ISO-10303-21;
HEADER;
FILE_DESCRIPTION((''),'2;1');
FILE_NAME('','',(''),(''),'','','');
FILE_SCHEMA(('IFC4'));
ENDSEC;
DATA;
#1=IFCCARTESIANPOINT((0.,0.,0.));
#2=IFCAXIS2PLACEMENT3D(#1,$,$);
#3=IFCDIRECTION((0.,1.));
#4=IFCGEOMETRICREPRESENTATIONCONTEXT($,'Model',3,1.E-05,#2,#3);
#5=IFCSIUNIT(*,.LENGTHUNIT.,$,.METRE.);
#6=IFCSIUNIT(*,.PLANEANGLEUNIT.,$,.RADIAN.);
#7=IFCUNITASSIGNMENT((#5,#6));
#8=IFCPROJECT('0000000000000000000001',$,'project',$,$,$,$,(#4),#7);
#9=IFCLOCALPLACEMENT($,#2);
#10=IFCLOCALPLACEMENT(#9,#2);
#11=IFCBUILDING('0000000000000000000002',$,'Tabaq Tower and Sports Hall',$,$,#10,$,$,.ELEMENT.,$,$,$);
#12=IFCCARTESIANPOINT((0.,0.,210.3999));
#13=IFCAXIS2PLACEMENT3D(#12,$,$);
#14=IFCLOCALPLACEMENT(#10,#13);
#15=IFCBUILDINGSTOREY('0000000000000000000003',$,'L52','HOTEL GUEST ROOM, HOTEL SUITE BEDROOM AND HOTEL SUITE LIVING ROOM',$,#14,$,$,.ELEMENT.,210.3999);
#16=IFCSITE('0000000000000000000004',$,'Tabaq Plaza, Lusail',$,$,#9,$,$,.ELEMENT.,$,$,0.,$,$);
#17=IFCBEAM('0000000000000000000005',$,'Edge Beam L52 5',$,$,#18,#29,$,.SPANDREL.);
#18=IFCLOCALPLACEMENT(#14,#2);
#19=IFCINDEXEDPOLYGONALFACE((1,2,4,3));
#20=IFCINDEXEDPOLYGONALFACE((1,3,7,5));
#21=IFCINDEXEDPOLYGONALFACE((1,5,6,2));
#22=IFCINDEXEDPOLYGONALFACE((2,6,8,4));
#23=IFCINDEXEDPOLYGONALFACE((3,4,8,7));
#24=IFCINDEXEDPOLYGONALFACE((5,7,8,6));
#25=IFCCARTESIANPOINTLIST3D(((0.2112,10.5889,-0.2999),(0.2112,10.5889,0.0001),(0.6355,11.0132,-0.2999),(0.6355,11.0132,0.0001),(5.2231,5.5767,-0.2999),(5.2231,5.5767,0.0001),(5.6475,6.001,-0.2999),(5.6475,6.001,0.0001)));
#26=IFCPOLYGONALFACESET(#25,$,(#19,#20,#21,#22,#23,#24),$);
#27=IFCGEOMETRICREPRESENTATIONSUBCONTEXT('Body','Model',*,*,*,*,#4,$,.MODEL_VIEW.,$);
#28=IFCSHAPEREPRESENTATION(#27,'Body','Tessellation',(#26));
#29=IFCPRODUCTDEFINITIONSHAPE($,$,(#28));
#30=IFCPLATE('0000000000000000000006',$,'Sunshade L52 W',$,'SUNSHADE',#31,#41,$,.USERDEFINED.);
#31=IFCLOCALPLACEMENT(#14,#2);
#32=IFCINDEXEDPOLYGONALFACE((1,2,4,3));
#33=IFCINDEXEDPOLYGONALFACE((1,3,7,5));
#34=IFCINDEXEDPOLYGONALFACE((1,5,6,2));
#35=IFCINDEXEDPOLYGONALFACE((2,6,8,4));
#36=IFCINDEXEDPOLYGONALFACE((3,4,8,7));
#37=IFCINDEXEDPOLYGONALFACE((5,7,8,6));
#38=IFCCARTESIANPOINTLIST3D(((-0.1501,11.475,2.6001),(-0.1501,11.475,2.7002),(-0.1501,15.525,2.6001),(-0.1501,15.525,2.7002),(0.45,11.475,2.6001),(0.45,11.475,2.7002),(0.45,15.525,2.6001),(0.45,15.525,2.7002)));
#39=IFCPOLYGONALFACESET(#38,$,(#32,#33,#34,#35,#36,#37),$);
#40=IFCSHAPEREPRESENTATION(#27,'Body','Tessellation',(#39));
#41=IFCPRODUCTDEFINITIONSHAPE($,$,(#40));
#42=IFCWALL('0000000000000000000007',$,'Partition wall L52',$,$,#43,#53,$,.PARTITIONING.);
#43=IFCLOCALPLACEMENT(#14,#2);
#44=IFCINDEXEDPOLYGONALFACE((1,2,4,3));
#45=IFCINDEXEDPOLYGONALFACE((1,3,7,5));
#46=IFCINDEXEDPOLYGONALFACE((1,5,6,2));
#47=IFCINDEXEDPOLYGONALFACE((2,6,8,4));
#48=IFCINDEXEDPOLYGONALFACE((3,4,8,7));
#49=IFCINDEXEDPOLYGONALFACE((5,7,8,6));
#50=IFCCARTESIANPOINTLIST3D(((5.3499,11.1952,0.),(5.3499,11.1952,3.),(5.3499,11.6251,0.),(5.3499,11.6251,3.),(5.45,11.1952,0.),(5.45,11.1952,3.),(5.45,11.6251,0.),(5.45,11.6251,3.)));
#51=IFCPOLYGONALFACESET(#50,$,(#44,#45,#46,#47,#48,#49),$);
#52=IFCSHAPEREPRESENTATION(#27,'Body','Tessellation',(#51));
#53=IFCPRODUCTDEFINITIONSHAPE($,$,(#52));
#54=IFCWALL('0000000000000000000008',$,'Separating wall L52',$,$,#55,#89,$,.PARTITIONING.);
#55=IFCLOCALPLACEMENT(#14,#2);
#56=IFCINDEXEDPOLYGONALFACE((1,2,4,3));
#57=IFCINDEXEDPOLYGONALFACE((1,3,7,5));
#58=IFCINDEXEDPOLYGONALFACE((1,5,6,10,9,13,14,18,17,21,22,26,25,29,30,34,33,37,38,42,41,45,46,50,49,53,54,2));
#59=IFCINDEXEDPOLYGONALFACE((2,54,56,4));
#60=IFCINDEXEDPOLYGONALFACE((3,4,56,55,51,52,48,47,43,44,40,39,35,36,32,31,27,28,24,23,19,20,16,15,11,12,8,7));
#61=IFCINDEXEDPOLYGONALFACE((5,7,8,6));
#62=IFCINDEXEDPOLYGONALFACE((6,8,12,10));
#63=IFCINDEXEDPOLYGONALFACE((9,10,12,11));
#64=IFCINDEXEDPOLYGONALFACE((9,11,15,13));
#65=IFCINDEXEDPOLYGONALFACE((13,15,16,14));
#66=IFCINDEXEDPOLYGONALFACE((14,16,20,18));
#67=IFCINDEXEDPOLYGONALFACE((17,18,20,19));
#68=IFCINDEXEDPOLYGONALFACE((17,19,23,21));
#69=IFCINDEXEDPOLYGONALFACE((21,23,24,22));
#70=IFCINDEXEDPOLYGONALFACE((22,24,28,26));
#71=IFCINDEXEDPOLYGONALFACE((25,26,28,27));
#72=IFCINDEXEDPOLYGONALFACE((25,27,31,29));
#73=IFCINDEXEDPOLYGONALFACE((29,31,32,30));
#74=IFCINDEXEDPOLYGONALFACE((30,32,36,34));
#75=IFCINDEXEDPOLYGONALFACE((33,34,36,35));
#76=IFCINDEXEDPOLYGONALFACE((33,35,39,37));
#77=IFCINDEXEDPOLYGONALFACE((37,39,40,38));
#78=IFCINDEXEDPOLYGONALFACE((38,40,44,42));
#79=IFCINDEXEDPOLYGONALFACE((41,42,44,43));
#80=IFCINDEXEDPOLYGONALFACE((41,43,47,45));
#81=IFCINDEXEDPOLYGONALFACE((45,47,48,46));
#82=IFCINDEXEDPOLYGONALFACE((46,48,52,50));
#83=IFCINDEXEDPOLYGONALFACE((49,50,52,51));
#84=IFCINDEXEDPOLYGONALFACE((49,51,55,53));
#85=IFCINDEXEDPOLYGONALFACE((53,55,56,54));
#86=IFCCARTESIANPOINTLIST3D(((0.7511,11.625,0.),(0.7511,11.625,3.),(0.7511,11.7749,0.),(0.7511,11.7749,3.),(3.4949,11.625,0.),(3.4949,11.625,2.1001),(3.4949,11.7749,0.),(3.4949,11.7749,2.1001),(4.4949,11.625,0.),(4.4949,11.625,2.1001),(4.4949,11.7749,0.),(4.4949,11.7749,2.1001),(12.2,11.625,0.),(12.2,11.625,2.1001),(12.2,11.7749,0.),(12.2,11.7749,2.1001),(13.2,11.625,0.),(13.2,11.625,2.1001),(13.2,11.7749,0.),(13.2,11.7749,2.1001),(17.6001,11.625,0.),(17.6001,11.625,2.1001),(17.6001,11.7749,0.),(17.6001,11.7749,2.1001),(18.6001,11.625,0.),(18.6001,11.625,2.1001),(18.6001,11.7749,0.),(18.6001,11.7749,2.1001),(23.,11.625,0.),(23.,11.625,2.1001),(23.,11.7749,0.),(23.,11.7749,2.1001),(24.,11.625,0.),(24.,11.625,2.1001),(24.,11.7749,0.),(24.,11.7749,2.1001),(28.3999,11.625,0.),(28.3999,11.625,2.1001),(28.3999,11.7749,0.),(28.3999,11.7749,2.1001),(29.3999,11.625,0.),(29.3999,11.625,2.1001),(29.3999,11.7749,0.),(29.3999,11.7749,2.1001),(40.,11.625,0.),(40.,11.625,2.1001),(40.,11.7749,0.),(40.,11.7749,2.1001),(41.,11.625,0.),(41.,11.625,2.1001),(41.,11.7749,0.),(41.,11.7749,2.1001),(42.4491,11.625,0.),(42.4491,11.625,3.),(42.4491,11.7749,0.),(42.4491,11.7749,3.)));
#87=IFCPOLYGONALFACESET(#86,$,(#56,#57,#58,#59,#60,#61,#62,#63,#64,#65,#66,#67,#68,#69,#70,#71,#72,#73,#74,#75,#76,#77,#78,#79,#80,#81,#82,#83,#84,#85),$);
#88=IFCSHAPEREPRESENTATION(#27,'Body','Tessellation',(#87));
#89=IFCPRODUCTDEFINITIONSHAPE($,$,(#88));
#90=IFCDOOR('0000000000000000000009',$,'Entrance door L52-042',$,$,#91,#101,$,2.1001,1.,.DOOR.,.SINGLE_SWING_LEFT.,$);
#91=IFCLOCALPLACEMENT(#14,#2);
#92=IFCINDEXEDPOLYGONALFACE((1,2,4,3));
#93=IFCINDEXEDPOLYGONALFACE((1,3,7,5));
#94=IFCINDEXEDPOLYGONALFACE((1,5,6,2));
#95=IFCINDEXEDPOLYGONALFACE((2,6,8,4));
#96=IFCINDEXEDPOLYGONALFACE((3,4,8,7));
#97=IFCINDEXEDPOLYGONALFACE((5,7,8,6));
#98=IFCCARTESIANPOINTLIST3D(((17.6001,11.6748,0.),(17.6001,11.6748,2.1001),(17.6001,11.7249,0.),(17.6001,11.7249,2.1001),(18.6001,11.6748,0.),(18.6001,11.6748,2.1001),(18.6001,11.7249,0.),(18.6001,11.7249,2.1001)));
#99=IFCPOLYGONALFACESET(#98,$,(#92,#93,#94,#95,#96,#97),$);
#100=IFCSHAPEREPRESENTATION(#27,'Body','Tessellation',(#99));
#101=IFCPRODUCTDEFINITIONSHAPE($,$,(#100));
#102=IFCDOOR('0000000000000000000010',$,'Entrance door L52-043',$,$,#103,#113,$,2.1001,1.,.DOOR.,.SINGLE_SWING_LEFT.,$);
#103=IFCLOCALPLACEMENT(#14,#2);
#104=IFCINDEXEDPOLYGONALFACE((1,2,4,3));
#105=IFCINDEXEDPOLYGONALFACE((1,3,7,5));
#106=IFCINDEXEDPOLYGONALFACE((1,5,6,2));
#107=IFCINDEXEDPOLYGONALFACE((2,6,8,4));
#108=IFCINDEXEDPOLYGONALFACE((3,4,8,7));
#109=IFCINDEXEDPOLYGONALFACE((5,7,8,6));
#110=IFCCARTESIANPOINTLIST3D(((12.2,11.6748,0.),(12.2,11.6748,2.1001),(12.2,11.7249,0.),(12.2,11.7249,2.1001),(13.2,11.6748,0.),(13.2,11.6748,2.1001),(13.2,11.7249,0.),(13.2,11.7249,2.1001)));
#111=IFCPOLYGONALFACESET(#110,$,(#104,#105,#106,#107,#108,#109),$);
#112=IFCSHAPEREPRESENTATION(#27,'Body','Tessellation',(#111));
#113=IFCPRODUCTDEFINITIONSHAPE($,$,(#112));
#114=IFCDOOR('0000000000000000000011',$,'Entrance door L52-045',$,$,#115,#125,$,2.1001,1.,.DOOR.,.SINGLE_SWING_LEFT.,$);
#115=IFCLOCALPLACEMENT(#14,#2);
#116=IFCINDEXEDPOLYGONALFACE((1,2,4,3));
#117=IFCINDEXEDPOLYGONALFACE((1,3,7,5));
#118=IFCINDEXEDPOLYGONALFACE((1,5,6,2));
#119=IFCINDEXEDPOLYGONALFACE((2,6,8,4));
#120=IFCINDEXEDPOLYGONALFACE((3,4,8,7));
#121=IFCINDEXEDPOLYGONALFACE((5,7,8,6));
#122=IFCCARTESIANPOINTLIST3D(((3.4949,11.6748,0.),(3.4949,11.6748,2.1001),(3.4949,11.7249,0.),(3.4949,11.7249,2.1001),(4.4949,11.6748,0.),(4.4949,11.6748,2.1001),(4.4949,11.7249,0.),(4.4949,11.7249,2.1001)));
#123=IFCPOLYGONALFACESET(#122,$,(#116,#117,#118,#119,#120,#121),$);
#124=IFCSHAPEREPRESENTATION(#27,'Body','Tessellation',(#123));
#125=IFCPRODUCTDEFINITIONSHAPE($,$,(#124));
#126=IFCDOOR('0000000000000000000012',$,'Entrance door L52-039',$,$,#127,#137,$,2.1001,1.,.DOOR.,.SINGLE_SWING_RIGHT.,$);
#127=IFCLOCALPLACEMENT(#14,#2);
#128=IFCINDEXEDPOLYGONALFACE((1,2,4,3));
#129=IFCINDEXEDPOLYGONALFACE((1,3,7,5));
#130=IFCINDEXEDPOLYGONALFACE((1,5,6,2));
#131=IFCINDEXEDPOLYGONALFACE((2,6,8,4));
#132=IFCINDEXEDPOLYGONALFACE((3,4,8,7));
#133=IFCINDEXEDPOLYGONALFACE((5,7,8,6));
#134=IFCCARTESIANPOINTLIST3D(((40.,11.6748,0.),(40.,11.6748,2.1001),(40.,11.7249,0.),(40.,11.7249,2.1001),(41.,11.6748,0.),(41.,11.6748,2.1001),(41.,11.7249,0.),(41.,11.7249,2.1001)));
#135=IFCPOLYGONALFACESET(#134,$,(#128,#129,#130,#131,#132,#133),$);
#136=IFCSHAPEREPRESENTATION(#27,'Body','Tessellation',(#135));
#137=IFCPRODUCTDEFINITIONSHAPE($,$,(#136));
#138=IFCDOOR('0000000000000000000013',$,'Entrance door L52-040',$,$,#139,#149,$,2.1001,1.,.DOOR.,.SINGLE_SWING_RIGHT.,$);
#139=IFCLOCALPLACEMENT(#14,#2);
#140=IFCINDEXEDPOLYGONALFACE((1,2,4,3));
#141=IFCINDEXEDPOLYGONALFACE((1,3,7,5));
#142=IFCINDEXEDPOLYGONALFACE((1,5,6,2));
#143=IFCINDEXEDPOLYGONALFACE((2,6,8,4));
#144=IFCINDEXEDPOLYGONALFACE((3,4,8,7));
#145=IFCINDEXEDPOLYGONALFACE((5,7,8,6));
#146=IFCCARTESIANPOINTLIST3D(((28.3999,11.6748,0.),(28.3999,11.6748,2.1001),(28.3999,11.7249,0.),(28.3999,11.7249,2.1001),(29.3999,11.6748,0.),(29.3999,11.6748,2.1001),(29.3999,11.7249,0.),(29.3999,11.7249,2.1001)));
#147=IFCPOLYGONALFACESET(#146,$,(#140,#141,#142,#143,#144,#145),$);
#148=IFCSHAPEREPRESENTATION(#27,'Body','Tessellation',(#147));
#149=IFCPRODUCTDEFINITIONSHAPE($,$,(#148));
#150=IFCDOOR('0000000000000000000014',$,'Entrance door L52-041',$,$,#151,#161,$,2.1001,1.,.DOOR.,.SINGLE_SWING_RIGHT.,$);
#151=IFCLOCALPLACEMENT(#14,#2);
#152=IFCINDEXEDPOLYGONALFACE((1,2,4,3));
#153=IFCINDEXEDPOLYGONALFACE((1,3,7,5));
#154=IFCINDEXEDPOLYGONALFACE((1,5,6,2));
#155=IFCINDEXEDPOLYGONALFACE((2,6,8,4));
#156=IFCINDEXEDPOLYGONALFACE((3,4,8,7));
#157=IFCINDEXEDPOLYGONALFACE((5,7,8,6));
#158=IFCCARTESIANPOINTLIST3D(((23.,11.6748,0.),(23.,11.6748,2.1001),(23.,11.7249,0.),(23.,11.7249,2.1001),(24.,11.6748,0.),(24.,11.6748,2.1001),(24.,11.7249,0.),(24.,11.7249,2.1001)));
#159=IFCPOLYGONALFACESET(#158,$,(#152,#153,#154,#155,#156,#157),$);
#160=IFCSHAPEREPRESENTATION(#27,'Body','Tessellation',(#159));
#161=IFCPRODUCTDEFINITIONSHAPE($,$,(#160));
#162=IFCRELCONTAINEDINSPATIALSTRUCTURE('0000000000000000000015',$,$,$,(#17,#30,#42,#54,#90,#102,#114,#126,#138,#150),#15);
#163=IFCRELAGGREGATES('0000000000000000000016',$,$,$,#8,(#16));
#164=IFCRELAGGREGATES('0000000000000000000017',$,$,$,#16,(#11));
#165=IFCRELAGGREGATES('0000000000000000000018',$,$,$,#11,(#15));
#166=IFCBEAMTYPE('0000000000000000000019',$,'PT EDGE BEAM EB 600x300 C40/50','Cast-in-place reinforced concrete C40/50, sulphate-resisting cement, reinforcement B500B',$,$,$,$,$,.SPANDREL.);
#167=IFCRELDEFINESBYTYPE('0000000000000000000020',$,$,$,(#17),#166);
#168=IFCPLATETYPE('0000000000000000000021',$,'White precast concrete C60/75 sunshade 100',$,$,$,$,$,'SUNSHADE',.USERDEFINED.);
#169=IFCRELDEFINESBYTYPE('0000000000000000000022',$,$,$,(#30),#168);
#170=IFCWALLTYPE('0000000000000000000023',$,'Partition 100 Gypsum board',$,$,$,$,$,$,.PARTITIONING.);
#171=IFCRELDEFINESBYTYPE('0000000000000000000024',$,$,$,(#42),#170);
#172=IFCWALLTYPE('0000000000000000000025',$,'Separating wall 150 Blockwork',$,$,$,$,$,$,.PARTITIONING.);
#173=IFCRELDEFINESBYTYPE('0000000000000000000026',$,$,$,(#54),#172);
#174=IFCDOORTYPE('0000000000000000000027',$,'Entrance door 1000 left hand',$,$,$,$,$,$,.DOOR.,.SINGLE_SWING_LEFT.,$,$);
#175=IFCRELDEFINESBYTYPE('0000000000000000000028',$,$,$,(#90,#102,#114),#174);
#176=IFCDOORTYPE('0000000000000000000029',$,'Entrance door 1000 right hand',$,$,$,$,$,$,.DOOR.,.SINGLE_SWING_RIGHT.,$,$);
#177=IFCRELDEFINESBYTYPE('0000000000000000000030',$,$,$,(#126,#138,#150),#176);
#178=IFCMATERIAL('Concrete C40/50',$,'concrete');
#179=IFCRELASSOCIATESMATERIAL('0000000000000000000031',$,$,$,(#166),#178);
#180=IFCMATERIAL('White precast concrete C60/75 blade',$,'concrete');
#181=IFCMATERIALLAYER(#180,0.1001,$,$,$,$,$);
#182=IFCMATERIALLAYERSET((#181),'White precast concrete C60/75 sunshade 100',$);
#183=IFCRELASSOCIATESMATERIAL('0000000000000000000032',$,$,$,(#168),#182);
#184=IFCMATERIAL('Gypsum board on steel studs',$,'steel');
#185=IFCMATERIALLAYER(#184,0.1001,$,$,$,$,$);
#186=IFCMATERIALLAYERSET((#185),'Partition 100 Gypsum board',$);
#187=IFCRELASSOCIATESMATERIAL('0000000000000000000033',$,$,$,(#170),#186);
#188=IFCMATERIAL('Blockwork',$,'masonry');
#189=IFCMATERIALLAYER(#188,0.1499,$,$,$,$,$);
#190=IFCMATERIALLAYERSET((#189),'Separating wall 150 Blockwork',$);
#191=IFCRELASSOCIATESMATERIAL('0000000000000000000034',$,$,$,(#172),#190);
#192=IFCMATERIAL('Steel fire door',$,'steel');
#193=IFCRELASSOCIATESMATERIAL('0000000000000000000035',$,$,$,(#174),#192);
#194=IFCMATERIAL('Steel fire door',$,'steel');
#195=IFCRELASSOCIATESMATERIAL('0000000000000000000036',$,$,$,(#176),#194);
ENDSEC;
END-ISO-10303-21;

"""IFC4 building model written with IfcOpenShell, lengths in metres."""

from ifc_helpers import new_model, si_unit, direction, frame, frame_2d, origin, origin_2d, place, context, subcontext, project, spatial, rectangle, extrude, material, layer, layer_set, material_profile, profile_set, type_object, element, fill, save


model = new_model("IFC4")

# Units and contexts
model_context = context("Model", 3, precision=1e-05, world=origin(), true_north=direction((0.0, 1.0)))
body_context = subcontext(model_context, "Body", "Model", "MODEL_VIEW")
ifc_project = project(units=[si_unit("LENGTHUNIT", "METRE"), si_unit("PLANEANGLEUNIT", "RADIAN")], contexts=[model_context])

# Site, building, storey
site_placement = place(None, origin())
site = spatial("IfcSite", under=ifc_project, at=site_placement, Name="Tabaq Plaza, Lusail", CompositionType="ELEMENT", RefElevation=0.0)
building_placement = place(site_placement, origin())
building = spatial("IfcBuilding", under=site, at=building_placement, Name="Tabaq Tower and Sports Hall", CompositionType="ELEMENT")
storey_placement = place(building_placement, frame((0.0, 0.0, 210.3999)))
storey = spatial("IfcBuildingStorey", under=building, at=storey_placement, Name="L52", Description="HOTEL GUEST ROOM, HOTEL SUITE BEDROOM AND HOTEL SUITE LIVING ROOM", CompositionType="ELEMENT", Elevation=210.3999)

# Beam
ifc_material_1 = material(Name="Concrete C40/50", Category="concrete")
ifc_material_profile = material_profile(ifc_material_1, rectangle(XDim=0.6001, YDim=0.3, at=origin_2d()), Name="EB 600x300")
ifc_profile_set = profile_set([ifc_material_profile], Name="Concrete C40/50")
beam_type = type_object("IfcBeamType", Name="PT EDGE BEAM EB 600x300 C40/50", Description="Cast-in-place reinforced concrete C40/50, sulphate-resisting cement, reinforcement B500B", PredefinedType="SPANDREL", material=ifc_profile_set)
beam_placement = place(storey_placement, frame((0.4233, 10.801, -0.1499), z_axis=(0.70709, -0.707124, 0.0), x_axis=(0.707124, 0.70709, 0.0)))
element("IfcBeam", 1, at=beam_placement, inside=storey, type_object=beam_type, Name="Edge Beam L52 5", PredefinedType="SPANDREL", context=body_context, shape_type="SweptSolid", body=[
    extrude(rectangle(XDim=0.6001, YDim=0.3, at=origin_2d()), origin(), (0.0, 0.0, 1.0), 7.0881),
])

# Plate
ifc_material_2 = material(Name="White precast concrete C60/75 blade", Category="concrete")
ifc_layer_1 = layer(ifc_material_2, 0.1001)
ifc_layer_set_1 = layer_set([ifc_layer_1], Name="White precast concrete C60/75 sunshade 100")
plate_type = type_object("IfcPlateType", Name="White precast concrete C60/75 sunshade 100", ElementType="SUNSHADE", PredefinedType="USERDEFINED", material=ifc_layer_set_1)
plate_placement = place(storey_placement, frame((0.1499, 13.5, 2.6001), z_axis=(0.0, 0.0, 1.0), x_axis=(0.0, -1.0, 0.0)))
element("IfcPlate", 2, at=plate_placement, inside=storey, type_object=plate_type, Name="Sunshade L52 W", ObjectType="SUNSHADE", PredefinedType="USERDEFINED", context=body_context, shape_type="SweptSolid", body=[
    extrude(rectangle(XDim=4.05, YDim=0.6001, at=origin_2d()), origin(), (0.0, 0.0, 1.0), 0.1001),
])

# Wall
ifc_material_3 = material(Name="Gypsum board on steel studs", Category="steel")
ifc_layer_2 = layer(ifc_material_3, 0.1001)
ifc_layer_set_2 = layer_set([ifc_layer_2], Name="Partition 100 Gypsum board")
wall_type_1 = type_object("IfcWallType", Name="Partition 100 Gypsum board", PredefinedType="PARTITIONING", material=ifc_layer_set_2)
wall_1_placement = place(storey_placement, frame((5.3999, 11.625, 0.0), z_axis=(0.0, 0.0, 1.0), x_axis=(0.0, -1.0, 0.0)))
element("IfcWall", 3, at=wall_1_placement, inside=storey, type_object=wall_type_1, Name="Partition wall L52", PredefinedType="PARTITIONING", context=body_context, shape_type="SweptSolid", body=[
    extrude(rectangle(XDim=0.4299, YDim=0.1001, at=frame_2d((0.2148, 0.0))), origin(), (0.0, 0.0, 1.0), 3.0),
])

# Wall, openings, doors
ifc_material_4 = material(Name="Blockwork", Category="masonry")
ifc_layer_3 = layer(ifc_material_4, 0.1499)
ifc_layer_set_3 = layer_set([ifc_layer_3], Name="Separating wall 150 Blockwork")
wall_type_2 = type_object("IfcWallType", Name="Separating wall 150 Blockwork", PredefinedType="PARTITIONING", material=ifc_layer_set_3)
wall_2_placement = place(storey_placement, frame((0.751, 11.7, 0.0), z_axis=(0.0, 0.0, 1.0), x_axis=(1.0, 0.0, 0.0)))
wall_2 = element("IfcWall", 4, at=wall_2_placement, inside=storey, type_object=wall_type_2, Name="Separating wall L52", PredefinedType="PARTITIONING", context=body_context, shape_type="SweptSolid", body=[
    extrude(rectangle(XDim=41.698, YDim=0.1499, at=frame_2d((20.8491, 0.0))), origin(), (0.0, 0.0, 1.0), 3.0),
])
opening_1_placement = place(wall_2_placement, frame((39.249, 0.0, 0.0)))
opening_1 = element("IfcOpeningElement", 5, at=opening_1_placement, cuts=wall_2, PredefinedType="OPENING", context=body_context, shape_type="SweptSolid", body=[
    extrude(rectangle(XDim=1.0, YDim=2.1001, at=frame_2d((0.5, 1.05))), frame((0.0, 0.075, 0.0), z_axis=(0.0, -1.0, 0.0), x_axis=(1.0, 0.0, 0.0)), (0.0, 0.0, 1.0), 0.1499),
])
opening_2_placement = place(wall_2_placement, frame((27.6489, 0.0, 0.0)))
opening_2 = element("IfcOpeningElement", 6, at=opening_2_placement, cuts=wall_2, PredefinedType="OPENING", context=body_context, shape_type="SweptSolid", body=[
    extrude(rectangle(XDim=1.0, YDim=2.1001, at=frame_2d((0.5, 1.05))), frame((0.0, 0.075, 0.0), z_axis=(0.0, -1.0, 0.0), x_axis=(1.0, 0.0, 0.0)), (0.0, 0.0, 1.0), 0.1499),
])
opening_3_placement = place(wall_2_placement, frame((22.249, 0.0, 0.0)))
opening_3 = element("IfcOpeningElement", 7, at=opening_3_placement, cuts=wall_2, PredefinedType="OPENING", context=body_context, shape_type="SweptSolid", body=[
    extrude(rectangle(XDim=1.0, YDim=2.1001, at=frame_2d((0.5, 1.05))), frame((0.0, 0.075, 0.0), z_axis=(0.0, -1.0, 0.0), x_axis=(1.0, 0.0, 0.0)), (0.0, 0.0, 1.0), 0.1499),
])
opening_4_placement = place(wall_2_placement, frame((16.8491, 0.0, 0.0)))
opening_4 = element("IfcOpeningElement", 8, at=opening_4_placement, cuts=wall_2, PredefinedType="OPENING", context=body_context, shape_type="SweptSolid", body=[
    extrude(rectangle(XDim=1.0, YDim=2.1001, at=frame_2d((0.5, 1.05))), frame((0.0, 0.075, 0.0), z_axis=(0.0, -1.0, 0.0), x_axis=(1.0, 0.0, 0.0)), (0.0, 0.0, 1.0), 0.1499),
])
opening_5_placement = place(wall_2_placement, frame((11.449, 0.0, 0.0)))
opening_5 = element("IfcOpeningElement", 9, at=opening_5_placement, cuts=wall_2, PredefinedType="OPENING", context=body_context, shape_type="SweptSolid", body=[
    extrude(rectangle(XDim=1.0, YDim=2.1001, at=frame_2d((0.5, 1.05))), frame((0.0, 0.075, 0.0), z_axis=(0.0, -1.0, 0.0), x_axis=(1.0, 0.0, 0.0)), (0.0, 0.0, 1.0), 0.1499),
])
opening_6_placement = place(wall_2_placement, frame((2.7439, 0.0, 0.0)))
opening_6 = element("IfcOpeningElement", 10, at=opening_6_placement, cuts=wall_2, PredefinedType="OPENING", context=body_context, shape_type="SweptSolid", body=[
    extrude(rectangle(XDim=1.0, YDim=2.1001, at=frame_2d((0.5, 1.05))), frame((0.0, 0.075, 0.0), z_axis=(0.0, -1.0, 0.0), x_axis=(1.0, 0.0, 0.0)), (0.0, 0.0, 1.0), 0.1499),
])
ifc_material_5 = material(Name="Steel fire door", Category="steel")
door_type_1 = type_object("IfcDoorType", Name="Entrance door 1000 left hand", OperationType="SINGLE_SWING_LEFT", PredefinedType="DOOR", material=ifc_material_5)
door_1_placement = place(opening_4_placement, origin())
door_1 = element("IfcDoor", 11, at=door_1_placement, inside=storey, type_object=door_type_1, Name="Entrance door L52-042", OperationType="SINGLE_SWING_LEFT", OverallHeight=2.1001, OverallWidth=1.0, PredefinedType="DOOR", context=body_context, shape_type="SweptSolid", body=[
    extrude(rectangle(XDim=1.0, YDim=2.1001, at=frame_2d((0.5, 1.05))), frame((0.0, 0.0249, 0.0), z_axis=(0.0, -1.0, 0.0), x_axis=(1.0, 0.0, 0.0)), (0.0, 0.0, 1.0), 0.05),
])
fill(opening_4, door_1)
door_2_placement = place(opening_5_placement, origin())
door_2 = element("IfcDoor", 12, at=door_2_placement, inside=storey, type_object=door_type_1, Name="Entrance door L52-043", OperationType="SINGLE_SWING_LEFT", OverallHeight=2.1001, OverallWidth=1.0, PredefinedType="DOOR", context=body_context, shape_type="SweptSolid", body=[
    extrude(rectangle(XDim=1.0, YDim=2.1001, at=frame_2d((0.5, 1.05))), frame((0.0, 0.0249, 0.0), z_axis=(0.0, -1.0, 0.0), x_axis=(1.0, 0.0, 0.0)), (0.0, 0.0, 1.0), 0.05),
])
fill(opening_5, door_2)
door_3_placement = place(opening_6_placement, origin())
door_3 = element("IfcDoor", 13, at=door_3_placement, inside=storey, type_object=door_type_1, Name="Entrance door L52-045", OperationType="SINGLE_SWING_LEFT", OverallHeight=2.1001, OverallWidth=1.0, PredefinedType="DOOR", context=body_context, shape_type="SweptSolid", body=[
    extrude(rectangle(XDim=1.0, YDim=2.1001, at=frame_2d((0.5, 1.05))), frame((0.0, 0.0249, 0.0), z_axis=(0.0, -1.0, 0.0), x_axis=(1.0, 0.0, 0.0)), (0.0, 0.0, 1.0), 0.05),
])
fill(opening_6, door_3)
ifc_material_6 = material(Name="Steel fire door", Category="steel")
door_type_2 = type_object("IfcDoorType", Name="Entrance door 1000 right hand", OperationType="SINGLE_SWING_RIGHT", PredefinedType="DOOR", material=ifc_material_6)
door_4_placement = place(opening_1_placement, origin())
door_4 = element("IfcDoor", 14, at=door_4_placement, inside=storey, type_object=door_type_2, Name="Entrance door L52-039", OperationType="SINGLE_SWING_RIGHT", OverallHeight=2.1001, OverallWidth=1.0, PredefinedType="DOOR", context=body_context, shape_type="SweptSolid", body=[
    extrude(rectangle(XDim=1.0, YDim=2.1001, at=frame_2d((0.5, 1.05))), frame((0.0, 0.0249, 0.0), z_axis=(0.0, -1.0, 0.0), x_axis=(1.0, 0.0, 0.0)), (0.0, 0.0, 1.0), 0.05),
])
fill(opening_1, door_4)
door_5_placement = place(opening_2_placement, origin())
door_5 = element("IfcDoor", 15, at=door_5_placement, inside=storey, type_object=door_type_2, Name="Entrance door L52-040", OperationType="SINGLE_SWING_RIGHT", OverallHeight=2.1001, OverallWidth=1.0, PredefinedType="DOOR", context=body_context, shape_type="SweptSolid", body=[
    extrude(rectangle(XDim=1.0, YDim=2.1001, at=frame_2d((0.5, 1.05))), frame((0.0, 0.0249, 0.0), z_axis=(0.0, -1.0, 0.0), x_axis=(1.0, 0.0, 0.0)), (0.0, 0.0, 1.0), 0.05),
])
fill(opening_2, door_5)
door_6_placement = place(opening_3_placement, origin())
door_6 = element("IfcDoor", 16, at=door_6_placement, inside=storey, type_object=door_type_2, Name="Entrance door L52-041", OperationType="SINGLE_SWING_RIGHT", OverallHeight=2.1001, OverallWidth=1.0, PredefinedType="DOOR", context=body_context, shape_type="SweptSolid", body=[
    extrude(rectangle(XDim=1.0, YDim=2.1001, at=frame_2d((0.5, 1.05))), frame((0.0, 0.0249, 0.0), z_axis=(0.0, -1.0, 0.0), x_axis=(1.0, 0.0, 0.0)), (0.0, 0.0, 1.0), 0.05),
])
fill(opening_3, door_6)

save(model, "model.ifc")
